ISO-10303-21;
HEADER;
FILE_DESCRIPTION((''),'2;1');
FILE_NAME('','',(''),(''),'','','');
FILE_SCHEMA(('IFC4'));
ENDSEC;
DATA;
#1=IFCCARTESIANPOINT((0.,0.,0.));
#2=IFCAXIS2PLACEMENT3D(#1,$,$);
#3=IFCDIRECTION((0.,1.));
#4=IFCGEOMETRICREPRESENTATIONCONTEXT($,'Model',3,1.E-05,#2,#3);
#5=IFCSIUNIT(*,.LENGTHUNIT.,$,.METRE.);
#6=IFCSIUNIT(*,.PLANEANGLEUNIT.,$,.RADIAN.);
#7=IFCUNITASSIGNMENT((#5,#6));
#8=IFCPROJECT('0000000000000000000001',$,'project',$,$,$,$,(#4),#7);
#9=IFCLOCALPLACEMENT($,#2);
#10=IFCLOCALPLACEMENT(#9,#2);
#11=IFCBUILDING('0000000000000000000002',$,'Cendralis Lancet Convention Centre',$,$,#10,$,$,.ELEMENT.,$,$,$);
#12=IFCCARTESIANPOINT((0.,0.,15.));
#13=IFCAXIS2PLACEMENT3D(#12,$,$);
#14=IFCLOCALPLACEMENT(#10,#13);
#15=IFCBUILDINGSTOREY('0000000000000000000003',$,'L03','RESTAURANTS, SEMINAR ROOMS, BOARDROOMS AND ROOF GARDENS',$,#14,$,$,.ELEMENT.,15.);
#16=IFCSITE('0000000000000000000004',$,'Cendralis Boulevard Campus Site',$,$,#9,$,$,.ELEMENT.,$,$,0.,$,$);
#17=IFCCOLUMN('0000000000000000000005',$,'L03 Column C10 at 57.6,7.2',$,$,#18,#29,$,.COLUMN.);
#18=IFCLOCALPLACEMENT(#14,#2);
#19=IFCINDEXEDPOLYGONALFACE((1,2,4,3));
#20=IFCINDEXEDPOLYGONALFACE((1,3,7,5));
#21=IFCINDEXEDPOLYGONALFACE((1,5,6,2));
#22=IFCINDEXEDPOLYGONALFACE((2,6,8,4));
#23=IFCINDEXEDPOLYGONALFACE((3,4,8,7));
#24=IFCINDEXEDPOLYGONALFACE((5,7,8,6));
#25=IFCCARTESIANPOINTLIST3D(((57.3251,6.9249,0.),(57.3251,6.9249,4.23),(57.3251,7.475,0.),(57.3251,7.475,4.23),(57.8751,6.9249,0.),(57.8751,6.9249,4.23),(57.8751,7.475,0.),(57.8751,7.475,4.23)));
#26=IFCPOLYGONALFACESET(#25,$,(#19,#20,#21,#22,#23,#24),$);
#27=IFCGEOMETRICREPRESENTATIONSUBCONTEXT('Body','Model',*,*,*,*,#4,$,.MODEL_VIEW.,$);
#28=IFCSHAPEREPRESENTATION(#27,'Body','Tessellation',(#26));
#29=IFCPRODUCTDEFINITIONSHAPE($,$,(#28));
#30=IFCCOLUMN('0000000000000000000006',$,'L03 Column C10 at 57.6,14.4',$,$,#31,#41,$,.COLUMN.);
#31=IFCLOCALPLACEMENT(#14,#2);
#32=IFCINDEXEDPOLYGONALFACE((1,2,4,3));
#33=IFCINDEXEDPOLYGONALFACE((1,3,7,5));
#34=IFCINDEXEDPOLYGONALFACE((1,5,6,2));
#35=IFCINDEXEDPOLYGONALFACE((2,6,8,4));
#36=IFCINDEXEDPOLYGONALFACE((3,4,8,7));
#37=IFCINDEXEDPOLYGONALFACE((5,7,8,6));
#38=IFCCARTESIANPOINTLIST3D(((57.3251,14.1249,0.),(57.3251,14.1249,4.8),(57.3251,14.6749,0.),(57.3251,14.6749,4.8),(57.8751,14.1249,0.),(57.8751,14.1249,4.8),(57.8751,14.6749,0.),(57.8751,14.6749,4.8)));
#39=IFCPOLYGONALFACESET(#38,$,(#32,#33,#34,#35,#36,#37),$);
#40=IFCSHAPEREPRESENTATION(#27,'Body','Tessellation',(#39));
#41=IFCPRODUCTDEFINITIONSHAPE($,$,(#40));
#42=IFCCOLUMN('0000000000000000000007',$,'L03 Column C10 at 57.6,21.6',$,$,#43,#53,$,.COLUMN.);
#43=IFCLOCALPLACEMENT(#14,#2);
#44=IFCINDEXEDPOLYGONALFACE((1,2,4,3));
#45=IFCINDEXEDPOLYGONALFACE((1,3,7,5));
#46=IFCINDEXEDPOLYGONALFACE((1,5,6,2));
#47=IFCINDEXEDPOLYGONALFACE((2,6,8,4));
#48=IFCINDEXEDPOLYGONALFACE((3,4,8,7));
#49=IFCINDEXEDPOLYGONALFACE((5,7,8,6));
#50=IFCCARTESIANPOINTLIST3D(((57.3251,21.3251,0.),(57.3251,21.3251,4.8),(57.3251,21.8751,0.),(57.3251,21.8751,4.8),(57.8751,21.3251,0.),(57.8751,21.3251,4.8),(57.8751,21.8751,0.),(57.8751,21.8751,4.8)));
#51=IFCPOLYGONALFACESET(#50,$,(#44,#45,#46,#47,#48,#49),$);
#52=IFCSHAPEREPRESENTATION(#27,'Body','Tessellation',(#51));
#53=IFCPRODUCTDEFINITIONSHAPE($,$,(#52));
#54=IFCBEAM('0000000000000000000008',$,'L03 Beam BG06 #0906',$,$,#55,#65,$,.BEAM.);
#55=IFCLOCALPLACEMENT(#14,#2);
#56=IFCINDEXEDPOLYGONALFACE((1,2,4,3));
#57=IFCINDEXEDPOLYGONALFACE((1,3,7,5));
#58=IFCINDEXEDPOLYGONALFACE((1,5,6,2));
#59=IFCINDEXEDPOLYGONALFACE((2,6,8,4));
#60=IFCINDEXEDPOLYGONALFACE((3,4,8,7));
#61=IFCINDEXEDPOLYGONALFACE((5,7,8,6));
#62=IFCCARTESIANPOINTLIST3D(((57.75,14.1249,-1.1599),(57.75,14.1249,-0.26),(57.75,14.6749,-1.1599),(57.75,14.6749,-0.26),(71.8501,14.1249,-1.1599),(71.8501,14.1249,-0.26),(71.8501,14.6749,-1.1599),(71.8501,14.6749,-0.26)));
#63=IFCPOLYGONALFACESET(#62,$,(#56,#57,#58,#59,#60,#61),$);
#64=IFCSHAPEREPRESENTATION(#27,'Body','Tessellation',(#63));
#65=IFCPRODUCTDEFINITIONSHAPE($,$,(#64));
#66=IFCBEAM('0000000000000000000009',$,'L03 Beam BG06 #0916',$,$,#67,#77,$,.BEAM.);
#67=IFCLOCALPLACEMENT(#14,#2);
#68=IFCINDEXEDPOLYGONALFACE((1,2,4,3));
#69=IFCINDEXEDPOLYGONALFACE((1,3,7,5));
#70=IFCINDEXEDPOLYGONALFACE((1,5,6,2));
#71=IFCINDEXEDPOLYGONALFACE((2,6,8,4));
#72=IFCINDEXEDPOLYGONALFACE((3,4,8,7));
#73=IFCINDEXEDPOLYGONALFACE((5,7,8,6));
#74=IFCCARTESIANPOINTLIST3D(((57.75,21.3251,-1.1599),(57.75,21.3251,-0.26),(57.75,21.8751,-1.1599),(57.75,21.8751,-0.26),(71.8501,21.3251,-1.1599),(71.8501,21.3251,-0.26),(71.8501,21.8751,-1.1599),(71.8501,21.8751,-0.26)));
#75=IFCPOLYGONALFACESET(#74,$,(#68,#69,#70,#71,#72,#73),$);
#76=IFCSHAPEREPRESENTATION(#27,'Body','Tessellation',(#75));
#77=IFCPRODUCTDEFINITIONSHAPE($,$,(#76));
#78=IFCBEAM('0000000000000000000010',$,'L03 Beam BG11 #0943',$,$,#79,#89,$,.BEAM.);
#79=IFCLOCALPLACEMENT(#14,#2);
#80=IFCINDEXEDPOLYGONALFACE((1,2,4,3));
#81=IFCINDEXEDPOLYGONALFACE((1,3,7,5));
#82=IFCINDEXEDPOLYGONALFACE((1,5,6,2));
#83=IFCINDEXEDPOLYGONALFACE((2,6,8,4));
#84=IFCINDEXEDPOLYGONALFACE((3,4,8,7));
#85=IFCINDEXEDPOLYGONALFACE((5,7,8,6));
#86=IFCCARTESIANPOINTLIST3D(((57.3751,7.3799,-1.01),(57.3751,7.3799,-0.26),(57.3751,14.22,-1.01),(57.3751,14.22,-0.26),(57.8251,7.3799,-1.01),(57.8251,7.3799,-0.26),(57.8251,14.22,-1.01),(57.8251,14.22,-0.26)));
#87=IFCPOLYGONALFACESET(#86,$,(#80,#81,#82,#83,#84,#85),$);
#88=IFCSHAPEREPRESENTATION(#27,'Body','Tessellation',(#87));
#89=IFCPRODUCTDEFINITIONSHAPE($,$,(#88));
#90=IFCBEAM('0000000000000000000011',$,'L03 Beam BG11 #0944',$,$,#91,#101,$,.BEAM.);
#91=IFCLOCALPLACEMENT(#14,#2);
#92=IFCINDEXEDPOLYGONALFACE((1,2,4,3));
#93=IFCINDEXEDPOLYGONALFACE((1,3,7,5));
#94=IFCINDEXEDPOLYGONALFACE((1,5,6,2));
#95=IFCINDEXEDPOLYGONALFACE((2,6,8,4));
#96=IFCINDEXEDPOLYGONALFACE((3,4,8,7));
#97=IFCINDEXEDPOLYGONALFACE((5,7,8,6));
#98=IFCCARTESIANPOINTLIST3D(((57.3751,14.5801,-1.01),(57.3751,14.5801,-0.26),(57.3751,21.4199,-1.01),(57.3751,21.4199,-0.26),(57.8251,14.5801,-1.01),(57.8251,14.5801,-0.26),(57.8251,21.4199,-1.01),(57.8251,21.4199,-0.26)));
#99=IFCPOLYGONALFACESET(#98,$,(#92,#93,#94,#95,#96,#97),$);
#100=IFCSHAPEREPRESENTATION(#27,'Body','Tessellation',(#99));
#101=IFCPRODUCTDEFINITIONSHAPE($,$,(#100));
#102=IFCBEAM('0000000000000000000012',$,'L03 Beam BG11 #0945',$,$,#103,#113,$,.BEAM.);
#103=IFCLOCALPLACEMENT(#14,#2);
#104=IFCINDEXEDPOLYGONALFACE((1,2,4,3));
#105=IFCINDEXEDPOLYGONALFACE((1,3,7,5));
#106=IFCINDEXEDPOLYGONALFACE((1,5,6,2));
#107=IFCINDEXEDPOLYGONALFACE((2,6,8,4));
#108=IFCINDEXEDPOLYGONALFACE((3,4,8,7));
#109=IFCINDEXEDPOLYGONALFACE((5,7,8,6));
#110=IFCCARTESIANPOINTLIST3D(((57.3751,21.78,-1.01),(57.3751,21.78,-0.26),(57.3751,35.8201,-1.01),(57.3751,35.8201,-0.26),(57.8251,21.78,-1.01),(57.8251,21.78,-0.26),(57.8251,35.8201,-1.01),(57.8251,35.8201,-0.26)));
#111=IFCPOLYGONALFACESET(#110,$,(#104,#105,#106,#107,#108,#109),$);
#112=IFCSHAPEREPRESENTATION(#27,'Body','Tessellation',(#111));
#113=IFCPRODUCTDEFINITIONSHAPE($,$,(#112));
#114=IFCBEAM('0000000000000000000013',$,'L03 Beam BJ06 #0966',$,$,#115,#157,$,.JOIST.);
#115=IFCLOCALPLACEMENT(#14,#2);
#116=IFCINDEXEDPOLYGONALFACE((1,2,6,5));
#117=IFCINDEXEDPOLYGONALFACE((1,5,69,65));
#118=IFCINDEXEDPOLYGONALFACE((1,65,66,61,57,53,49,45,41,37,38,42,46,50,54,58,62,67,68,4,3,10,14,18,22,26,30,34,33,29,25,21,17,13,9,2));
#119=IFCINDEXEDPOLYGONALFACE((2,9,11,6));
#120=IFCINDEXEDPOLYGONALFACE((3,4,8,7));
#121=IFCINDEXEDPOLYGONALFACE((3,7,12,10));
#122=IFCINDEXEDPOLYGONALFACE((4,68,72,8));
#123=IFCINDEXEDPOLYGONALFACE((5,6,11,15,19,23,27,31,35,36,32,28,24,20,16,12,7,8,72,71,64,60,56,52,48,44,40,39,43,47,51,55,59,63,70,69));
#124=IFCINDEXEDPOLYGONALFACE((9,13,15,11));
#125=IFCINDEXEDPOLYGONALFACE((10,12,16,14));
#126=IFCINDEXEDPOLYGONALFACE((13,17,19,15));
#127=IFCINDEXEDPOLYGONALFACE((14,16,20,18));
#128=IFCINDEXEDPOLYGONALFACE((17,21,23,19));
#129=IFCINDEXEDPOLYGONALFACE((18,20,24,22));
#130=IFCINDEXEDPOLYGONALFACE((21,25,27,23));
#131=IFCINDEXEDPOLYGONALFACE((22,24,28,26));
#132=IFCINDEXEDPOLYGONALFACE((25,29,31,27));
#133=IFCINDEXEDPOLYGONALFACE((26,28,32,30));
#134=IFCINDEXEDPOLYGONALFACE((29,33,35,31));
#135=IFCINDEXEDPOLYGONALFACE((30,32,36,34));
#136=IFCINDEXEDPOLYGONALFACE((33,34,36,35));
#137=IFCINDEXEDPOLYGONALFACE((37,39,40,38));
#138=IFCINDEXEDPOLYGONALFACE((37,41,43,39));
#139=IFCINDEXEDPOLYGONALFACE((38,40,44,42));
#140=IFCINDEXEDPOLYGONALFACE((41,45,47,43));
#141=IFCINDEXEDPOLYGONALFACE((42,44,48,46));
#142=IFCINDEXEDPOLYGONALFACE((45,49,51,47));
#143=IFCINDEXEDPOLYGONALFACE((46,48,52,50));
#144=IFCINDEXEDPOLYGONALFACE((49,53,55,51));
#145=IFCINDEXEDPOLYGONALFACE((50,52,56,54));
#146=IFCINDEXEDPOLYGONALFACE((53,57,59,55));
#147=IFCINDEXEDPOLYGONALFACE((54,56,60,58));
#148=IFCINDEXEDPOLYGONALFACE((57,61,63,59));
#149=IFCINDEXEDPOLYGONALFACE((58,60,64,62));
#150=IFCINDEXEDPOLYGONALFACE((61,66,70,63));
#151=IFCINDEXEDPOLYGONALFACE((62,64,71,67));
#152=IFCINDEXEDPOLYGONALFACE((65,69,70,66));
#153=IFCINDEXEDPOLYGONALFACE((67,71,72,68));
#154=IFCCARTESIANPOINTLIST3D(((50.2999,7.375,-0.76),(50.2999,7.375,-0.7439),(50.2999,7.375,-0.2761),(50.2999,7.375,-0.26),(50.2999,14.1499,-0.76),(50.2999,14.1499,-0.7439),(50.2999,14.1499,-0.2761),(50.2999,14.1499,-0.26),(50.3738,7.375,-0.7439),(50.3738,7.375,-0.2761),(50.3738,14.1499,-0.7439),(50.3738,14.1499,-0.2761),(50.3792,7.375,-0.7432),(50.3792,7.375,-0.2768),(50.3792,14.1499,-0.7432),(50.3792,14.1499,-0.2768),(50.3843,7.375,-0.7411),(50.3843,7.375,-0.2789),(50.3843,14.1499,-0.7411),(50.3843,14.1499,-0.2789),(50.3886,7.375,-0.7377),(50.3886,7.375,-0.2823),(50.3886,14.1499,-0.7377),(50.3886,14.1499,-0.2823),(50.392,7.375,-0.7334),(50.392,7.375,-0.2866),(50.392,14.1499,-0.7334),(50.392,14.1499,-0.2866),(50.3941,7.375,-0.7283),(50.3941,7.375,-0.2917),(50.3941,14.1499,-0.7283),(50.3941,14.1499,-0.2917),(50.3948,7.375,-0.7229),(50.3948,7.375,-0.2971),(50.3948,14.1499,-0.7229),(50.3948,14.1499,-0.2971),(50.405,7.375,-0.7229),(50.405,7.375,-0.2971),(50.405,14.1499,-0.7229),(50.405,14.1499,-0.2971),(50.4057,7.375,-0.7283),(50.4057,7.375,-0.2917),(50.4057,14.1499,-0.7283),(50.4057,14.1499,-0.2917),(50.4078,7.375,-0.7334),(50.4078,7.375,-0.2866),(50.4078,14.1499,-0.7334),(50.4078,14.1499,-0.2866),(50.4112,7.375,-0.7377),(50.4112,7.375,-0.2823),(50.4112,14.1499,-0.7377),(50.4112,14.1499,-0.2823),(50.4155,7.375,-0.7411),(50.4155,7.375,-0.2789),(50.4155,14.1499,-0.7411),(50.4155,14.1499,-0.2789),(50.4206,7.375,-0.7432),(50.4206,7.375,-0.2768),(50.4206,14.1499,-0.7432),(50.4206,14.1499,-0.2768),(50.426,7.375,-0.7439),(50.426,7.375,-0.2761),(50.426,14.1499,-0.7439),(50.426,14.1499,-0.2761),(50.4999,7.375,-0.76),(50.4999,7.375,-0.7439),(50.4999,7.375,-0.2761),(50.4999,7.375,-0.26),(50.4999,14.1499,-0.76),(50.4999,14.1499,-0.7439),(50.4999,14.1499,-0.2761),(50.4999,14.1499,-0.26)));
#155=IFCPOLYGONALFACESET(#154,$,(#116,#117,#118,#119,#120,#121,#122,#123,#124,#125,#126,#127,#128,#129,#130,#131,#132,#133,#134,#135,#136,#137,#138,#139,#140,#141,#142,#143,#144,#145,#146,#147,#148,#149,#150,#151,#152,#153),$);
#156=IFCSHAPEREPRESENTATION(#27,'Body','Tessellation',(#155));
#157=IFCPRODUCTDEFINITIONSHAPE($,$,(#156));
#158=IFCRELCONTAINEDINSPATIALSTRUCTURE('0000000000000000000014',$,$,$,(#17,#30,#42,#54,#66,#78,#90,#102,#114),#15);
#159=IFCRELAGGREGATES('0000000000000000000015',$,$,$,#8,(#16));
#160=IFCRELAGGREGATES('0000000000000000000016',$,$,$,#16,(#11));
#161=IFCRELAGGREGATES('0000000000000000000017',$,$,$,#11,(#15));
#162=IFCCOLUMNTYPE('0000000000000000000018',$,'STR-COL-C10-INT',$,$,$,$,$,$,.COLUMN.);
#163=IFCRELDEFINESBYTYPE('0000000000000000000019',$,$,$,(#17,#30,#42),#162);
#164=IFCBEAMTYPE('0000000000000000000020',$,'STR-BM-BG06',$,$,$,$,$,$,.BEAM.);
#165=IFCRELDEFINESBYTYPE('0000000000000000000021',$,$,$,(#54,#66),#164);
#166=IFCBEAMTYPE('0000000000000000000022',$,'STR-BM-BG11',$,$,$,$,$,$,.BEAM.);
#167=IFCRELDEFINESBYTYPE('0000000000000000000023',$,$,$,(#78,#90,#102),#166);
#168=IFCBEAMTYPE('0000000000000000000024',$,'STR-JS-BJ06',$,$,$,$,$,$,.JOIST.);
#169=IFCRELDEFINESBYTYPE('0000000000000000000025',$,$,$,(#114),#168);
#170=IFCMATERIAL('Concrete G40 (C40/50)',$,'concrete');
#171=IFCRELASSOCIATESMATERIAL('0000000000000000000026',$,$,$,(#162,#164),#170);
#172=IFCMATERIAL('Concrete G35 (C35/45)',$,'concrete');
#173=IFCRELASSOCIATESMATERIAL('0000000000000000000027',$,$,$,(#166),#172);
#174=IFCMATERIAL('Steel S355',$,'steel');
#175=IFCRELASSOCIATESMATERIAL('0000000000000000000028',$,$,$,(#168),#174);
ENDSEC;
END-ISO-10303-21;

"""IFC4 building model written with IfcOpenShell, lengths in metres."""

from ifc_helpers import new_model, si_unit, direction, frame, origin, origin_2d, place, context, subcontext, project, spatial, rectangle, i_section, extrude, material, material_profile, profile_set, type_object, element, save


model = new_model("IFC4")

# Units and contexts
model_context = context("Model", 3, precision=1e-05, world=origin(), true_north=direction((0.0, 1.0)))
body_context = subcontext(model_context, "Body", "Model", "MODEL_VIEW")
ifc_project = project(units=[si_unit("LENGTHUNIT", "METRE"), si_unit("PLANEANGLEUNIT", "RADIAN")], contexts=[model_context])

# Site, building, storey
site_placement = place(None, origin())
site = spatial("IfcSite", under=ifc_project, at=site_placement, Name="Cendralis Boulevard Campus Site", CompositionType="ELEMENT", RefElevation=0.0)
building_placement = place(site_placement, origin())
building = spatial("IfcBuilding", under=site, at=building_placement, Name="Cendralis Lancet Convention Centre", CompositionType="ELEMENT")
storey_placement = place(building_placement, frame((0.0, 0.0, 15.0)))
storey = spatial("IfcBuildingStorey", under=building, at=storey_placement, Name="L03", Description="RESTAURANTS, SEMINAR ROOMS, BOARDROOMS AND ROOF GARDENS", CompositionType="ELEMENT", Elevation=15.0)

# Columns
ifc_material_1 = material(Name="Concrete G40 (C40/50)", Category="concrete")
ifc_material_profile_1 = material_profile(ifc_material_1, rectangle(XDim=0.55, YDim=0.55, at=origin_2d()), Name="RC 550x550")
ifc_profile_set_1 = profile_set([ifc_material_profile_1], Name="Concrete G40 (C40/50)")
column_type = type_object("IfcColumnType", Name="STR-COL-C10-INT", PredefinedType="COLUMN", material=ifc_profile_set_1)
column_placement = place(storey_placement, frame((57.6001, 7.2, 0.0), z_axis=(0.0, 0.0, 1.0), x_axis=(1.0, 0.0, 0.0)))
element("IfcColumn", 1, at=column_placement, inside=storey, type_object=column_type, Name="L03 Column C10 at 57.6,7.2", PredefinedType="COLUMN", context=body_context, shape_type="SweptSolid", body=[
    extrude(rectangle(XDim=0.55, YDim=0.55, at=origin_2d()), origin(), (0.0, 0.0, 1.0), 4.23),
])
for number, where, z_axis, x_axis, name in (
    (2, (57.6001, 14.3999, 0.0), (0.0, 0.0, 1.0), (1.0, 0.0, 0.0), "L03 Column C10 at 57.6,14.4"),
    (3, (57.6001, 21.6001, 0.0), (0.0, 0.0, 1.0), (1.0, 0.0, 0.0), "L03 Column C10 at 57.6,21.6"),
):
    element("IfcColumn", number, at=place(storey_placement, frame(where, z_axis=z_axis, x_axis=x_axis)), inside=storey, type_object=column_type, Name=name, PredefinedType="COLUMN", context=body_context, shape_type="SweptSolid", body=[
        extrude(rectangle(XDim=0.55, YDim=0.55, at=origin_2d()), origin(), (0.0, 0.0, 1.0), 4.8),
    ])

# Beams
ifc_material_profile_2 = material_profile(ifc_material_1, rectangle(XDim=0.55, YDim=0.8999, at=origin_2d()), Name="RCB 550x900")
ifc_profile_set_2 = profile_set([ifc_material_profile_2], Name="Concrete G40 (C40/50)")
beam_type_1 = type_object("IfcBeamType", Name="STR-BM-BG06", PredefinedType="BEAM", material=ifc_profile_set_2)
for number, where, z_axis, x_axis, name in (
    (4, (57.75, 14.3999, -0.71), (1.0, 0.0, 0.0), (0.0, 1.0, 0.0), "L03 Beam BG06 #0906"),
    (5, (57.75, 21.6001, -0.71), (1.0, 0.0, 0.0), (0.0, 1.0, 0.0), "L03 Beam BG06 #0916"),
):
    element("IfcBeam", number, at=place(storey_placement, frame(where, z_axis=z_axis, x_axis=x_axis)), inside=storey, type_object=beam_type_1, Name=name, PredefinedType="BEAM", context=body_context, shape_type="SweptSolid", body=[
        extrude(rectangle(XDim=0.55, YDim=0.8999, at=origin_2d()), origin(), (0.0, 0.0, 1.0), 14.1001),
    ])
ifc_material_2 = material(Name="Concrete G35 (C35/45)", Category="concrete")
ifc_material_profile_3 = material_profile(ifc_material_2, rectangle(XDim=0.45, YDim=0.75, at=origin_2d()), Name="RCB 450x750")
ifc_profile_set_3 = profile_set([ifc_material_profile_3], Name="Concrete G35 (C35/45)")
beam_type_2 = type_object("IfcBeamType", Name="STR-BM-BG11", PredefinedType="BEAM", material=ifc_profile_set_3)
beam_1_placement = place(storey_placement, frame((57.6001, 7.3799, -0.635), z_axis=(0.0, 1.0, 0.0), x_axis=(-1.0, 0.0, 0.0)))
element("IfcBeam", 6, at=beam_1_placement, inside=storey, type_object=beam_type_2, Name="L03 Beam BG11 #0943", PredefinedType="BEAM", context=body_context, shape_type="SweptSolid", body=[
    extrude(rectangle(XDim=0.45, YDim=0.75, at=origin_2d()), origin(), (0.0, 0.0, 1.0), 6.8401),
])
beam_2_placement = place(storey_placement, frame((57.6001, 14.5801, -0.635), z_axis=(0.0, 1.0, 0.0), x_axis=(-1.0, 0.0, 0.0)))
element("IfcBeam", 7, at=beam_2_placement, inside=storey, type_object=beam_type_2, Name="L03 Beam BG11 #0944", PredefinedType="BEAM", context=body_context, shape_type="SweptSolid", body=[
    extrude(rectangle(XDim=0.45, YDim=0.75, at=origin_2d()), origin(), (0.0, 0.0, 1.0), 6.8398),
])
beam_3_placement = place(storey_placement, frame((57.6001, 21.78, -0.635), z_axis=(0.0, 1.0, 0.0), x_axis=(-1.0, 0.0, 0.0)))
element("IfcBeam", 8, at=beam_3_placement, inside=storey, type_object=beam_type_2, Name="L03 Beam BG11 #0945", PredefinedType="BEAM", context=body_context, shape_type="SweptSolid", body=[
    extrude(rectangle(XDim=0.45, YDim=0.75, at=origin_2d()), origin(), (0.0, 0.0, 1.0), 14.04),
])
ifc_material_3 = material(Name="Steel S355", Category="steel")
ifc_material_profile_4 = material_profile(ifc_material_3, i_section(OverallWidth=0.2, OverallDepth=0.5, WebThickness=0.0103, FlangeThickness=0.0161, FilletRadius=0.021, at=origin_2d()), Name="IPE 500")
ifc_profile_set_4 = profile_set([ifc_material_profile_4], Name="Steel S355")
beam_type_3 = type_object("IfcBeamType", Name="STR-JS-BJ06", PredefinedType="JOIST", material=ifc_profile_set_4)
beam_4_placement = place(storey_placement, frame((50.3999, 7.375, -0.51), z_axis=(0.0, 1.0, 0.0), x_axis=(-1.0, 0.0, 0.0)))
element("IfcBeam", 9, at=beam_4_placement, inside=storey, type_object=beam_type_3, Name="L03 Beam BJ06 #0966", PredefinedType="JOIST", context=body_context, shape_type="SweptSolid", body=[
    extrude(i_section(OverallWidth=0.2, OverallDepth=0.5, WebThickness=0.0103, FlangeThickness=0.0161, FilletRadius=0.021, at=origin_2d()), origin(), (0.0, 0.0, 1.0), 6.7749),
])

save(model, "model.ifc")
